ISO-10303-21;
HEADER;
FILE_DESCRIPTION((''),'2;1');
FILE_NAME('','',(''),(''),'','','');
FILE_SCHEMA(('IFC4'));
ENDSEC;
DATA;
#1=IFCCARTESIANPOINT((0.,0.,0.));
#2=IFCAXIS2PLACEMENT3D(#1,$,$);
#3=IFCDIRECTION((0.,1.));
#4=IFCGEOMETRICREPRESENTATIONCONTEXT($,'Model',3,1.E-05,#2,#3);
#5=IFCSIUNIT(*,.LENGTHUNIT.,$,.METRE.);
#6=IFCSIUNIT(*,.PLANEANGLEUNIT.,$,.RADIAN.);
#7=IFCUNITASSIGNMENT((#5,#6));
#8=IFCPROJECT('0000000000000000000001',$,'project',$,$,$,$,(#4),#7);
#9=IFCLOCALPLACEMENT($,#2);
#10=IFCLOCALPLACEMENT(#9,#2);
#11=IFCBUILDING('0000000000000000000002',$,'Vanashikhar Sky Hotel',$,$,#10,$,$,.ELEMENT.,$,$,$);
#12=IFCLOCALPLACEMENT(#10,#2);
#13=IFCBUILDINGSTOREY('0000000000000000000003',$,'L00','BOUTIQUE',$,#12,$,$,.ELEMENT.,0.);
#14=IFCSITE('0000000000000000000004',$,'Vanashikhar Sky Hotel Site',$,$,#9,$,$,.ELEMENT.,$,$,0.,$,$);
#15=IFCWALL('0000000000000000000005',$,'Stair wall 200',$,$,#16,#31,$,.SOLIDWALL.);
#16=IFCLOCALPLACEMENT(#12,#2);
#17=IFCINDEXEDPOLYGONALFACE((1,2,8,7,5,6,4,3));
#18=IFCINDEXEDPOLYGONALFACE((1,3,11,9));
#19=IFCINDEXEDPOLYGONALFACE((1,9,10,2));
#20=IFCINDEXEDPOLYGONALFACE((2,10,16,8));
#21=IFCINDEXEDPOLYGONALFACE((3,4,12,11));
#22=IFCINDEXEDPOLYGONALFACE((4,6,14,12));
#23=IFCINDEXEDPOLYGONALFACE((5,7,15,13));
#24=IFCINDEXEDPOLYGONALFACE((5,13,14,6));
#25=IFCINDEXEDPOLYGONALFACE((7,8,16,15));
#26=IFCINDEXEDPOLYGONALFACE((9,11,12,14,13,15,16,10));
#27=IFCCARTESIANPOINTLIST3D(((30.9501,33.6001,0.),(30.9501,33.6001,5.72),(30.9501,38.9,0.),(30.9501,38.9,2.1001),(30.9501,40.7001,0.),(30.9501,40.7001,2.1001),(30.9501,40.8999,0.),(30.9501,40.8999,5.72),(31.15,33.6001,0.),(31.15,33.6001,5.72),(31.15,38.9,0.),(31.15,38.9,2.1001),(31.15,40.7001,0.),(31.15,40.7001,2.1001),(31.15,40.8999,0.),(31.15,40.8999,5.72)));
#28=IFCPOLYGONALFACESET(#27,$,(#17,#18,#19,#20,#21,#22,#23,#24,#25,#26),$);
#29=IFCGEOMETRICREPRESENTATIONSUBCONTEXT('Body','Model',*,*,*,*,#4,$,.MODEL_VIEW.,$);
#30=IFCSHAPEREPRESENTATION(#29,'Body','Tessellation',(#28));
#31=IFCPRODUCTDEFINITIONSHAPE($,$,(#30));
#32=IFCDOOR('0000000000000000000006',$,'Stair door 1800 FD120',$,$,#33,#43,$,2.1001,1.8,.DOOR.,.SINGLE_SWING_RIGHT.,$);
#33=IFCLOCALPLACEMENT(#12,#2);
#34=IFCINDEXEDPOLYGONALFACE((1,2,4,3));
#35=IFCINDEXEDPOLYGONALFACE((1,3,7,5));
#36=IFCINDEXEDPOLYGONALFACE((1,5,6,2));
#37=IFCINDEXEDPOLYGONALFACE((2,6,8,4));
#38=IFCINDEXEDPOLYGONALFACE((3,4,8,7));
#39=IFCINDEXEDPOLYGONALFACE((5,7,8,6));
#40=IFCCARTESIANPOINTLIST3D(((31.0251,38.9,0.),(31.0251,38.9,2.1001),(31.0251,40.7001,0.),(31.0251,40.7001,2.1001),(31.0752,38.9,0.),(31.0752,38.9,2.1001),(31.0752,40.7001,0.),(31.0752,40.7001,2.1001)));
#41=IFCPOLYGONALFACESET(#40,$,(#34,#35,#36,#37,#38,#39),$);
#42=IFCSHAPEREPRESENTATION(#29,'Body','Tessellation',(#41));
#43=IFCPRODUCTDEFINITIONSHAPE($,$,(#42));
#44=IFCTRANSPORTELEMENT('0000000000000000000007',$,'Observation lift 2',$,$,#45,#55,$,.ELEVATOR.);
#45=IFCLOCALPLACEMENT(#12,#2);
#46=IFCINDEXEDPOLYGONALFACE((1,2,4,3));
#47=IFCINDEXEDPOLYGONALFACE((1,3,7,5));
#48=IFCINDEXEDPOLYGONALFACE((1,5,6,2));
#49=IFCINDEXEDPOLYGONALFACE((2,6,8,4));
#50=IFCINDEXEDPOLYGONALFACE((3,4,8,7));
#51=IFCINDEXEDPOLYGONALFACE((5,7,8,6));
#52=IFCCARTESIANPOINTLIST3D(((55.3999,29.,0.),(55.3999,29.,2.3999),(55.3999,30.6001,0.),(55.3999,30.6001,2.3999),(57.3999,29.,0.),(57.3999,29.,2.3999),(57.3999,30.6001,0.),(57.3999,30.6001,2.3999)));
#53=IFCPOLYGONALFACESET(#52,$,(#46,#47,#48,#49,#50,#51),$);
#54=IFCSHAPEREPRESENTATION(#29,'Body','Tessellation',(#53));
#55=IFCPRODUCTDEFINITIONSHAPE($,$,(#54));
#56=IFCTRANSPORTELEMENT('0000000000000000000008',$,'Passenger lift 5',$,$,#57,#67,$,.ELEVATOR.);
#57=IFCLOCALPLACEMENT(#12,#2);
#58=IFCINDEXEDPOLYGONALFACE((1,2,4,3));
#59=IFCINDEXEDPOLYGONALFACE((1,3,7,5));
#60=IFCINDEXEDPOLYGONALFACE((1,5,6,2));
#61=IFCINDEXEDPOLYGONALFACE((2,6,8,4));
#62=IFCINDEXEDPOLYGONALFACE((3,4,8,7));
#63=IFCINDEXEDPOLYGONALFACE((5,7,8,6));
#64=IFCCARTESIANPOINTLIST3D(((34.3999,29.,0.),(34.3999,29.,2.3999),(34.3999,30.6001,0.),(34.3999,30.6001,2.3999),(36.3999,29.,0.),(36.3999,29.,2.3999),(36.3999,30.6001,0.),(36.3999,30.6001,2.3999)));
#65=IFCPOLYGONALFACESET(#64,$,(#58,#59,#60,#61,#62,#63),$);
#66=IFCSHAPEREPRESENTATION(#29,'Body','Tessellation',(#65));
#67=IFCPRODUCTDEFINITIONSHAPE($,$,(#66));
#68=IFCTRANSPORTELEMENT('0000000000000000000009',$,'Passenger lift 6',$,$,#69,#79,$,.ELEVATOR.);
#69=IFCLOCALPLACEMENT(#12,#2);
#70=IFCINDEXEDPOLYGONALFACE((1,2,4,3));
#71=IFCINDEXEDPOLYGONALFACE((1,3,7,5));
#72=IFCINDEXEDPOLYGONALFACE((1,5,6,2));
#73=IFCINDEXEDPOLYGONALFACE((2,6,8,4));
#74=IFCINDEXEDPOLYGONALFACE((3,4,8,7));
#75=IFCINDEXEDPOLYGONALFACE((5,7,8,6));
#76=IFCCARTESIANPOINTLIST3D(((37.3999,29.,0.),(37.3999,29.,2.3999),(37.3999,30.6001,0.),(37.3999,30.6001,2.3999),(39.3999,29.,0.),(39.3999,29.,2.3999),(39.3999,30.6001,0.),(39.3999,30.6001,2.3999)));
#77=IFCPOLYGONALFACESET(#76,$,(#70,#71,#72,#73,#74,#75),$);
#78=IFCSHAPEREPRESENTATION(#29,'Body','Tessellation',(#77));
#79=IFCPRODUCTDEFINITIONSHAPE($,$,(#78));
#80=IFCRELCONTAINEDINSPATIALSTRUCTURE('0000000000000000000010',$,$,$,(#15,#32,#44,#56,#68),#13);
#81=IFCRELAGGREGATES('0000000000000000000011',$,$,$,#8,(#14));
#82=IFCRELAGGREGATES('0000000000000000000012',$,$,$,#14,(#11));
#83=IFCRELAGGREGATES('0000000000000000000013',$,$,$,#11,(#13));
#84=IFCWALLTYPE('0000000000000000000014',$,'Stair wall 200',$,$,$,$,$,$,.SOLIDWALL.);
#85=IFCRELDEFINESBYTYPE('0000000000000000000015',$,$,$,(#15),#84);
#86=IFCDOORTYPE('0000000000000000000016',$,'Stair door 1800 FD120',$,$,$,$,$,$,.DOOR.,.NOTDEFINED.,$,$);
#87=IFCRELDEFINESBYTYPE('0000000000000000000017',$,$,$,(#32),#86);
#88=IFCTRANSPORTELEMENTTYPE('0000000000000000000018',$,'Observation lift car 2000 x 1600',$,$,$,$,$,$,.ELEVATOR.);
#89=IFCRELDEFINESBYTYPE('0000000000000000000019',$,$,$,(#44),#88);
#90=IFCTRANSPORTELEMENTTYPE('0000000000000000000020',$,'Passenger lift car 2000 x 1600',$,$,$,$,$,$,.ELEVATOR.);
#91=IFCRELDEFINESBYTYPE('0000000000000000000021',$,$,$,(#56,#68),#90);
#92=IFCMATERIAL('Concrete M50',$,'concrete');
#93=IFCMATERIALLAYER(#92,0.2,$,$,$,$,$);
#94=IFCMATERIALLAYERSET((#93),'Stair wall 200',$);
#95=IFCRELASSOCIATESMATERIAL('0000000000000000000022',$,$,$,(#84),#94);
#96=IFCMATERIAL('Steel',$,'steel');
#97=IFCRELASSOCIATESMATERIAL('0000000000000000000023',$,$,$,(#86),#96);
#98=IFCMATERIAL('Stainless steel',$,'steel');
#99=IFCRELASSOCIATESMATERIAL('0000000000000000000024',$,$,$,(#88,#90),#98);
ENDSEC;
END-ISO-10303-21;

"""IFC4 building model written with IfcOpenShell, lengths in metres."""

from ifc_helpers import new_model, si_unit, direction, frame, frame_2d, origin, origin_2d, place, context, subcontext, project, spatial, rectangle, extrude, source, transform, mapped, material, layer, layer_set, type_object, element, fill, save


model = new_model("IFC4")

# Units and contexts
model_context = context("Model", 3, precision=1e-05, world=origin(), true_north=direction((0.0, 1.0)))
body_context = subcontext(model_context, "Body", "Model", "MODEL_VIEW")
ifc_project = project(units=[si_unit("LENGTHUNIT", "METRE"), si_unit("PLANEANGLEUNIT", "RADIAN")], contexts=[model_context])

# Site, building, storey
site_placement = place(None, origin())
site = spatial("IfcSite", under=ifc_project, at=site_placement, Name="Vanashikhar Sky Hotel Site", CompositionType="ELEMENT", RefElevation=0.0)
building_placement = place(site_placement, origin())
building = spatial("IfcBuilding", under=site, at=building_placement, Name="Vanashikhar Sky Hotel", CompositionType="ELEMENT")
storey_placement = place(building_placement, origin())
storey = spatial("IfcBuildingStorey", under=building, at=storey_placement, Name="L00", Description="BOUTIQUE", CompositionType="ELEMENT", Elevation=0.0)

# Shared definitions
ifc_material_1 = material(Name="Steel", Category="steel")

# Wall, opening, door
ifc_material_2 = material(Name="Concrete M50", Category="concrete")
ifc_layer_1 = layer(ifc_material_2, 0.2)
ifc_layer_set_1 = layer_set([ifc_layer_1], Name="Stair wall 200")
wall_type_1 = type_object("IfcWallType", Name="Stair wall 200", PredefinedType="SOLIDWALL", material=ifc_layer_set_1)
shared_shape_1 = source(origin(), body_context, "Body", "SweptSolid", [
    extrude(rectangle(XDim=7.2998, YDim=0.2, at=frame_2d((3.6499, 0.0))), origin(), (0.0, 0.0, 1.0), 5.72),
])
wall_1_placement = place(storey_placement, frame((31.05, 33.6001, 0.0), z_axis=(0.0, 0.0, 1.0), x_axis=(0.0, 1.0, 0.0)))
wall_1 = element("IfcWall", 1, at=wall_1_placement, inside=storey, type_object=wall_type_1, Name="Stair wall 200", PredefinedType="SOLIDWALL", context=body_context, shape_type="MappedRepresentation", body=[
    mapped(shared_shape_1, transform((0.0, 0.0, 0.0), scale=1.0)),
])
shared_shape_2 = source(origin(), body_context, "Body", "SweptSolid", [
    extrude(rectangle(XDim=1.8, YDim=2.1001, at=frame_2d((0.8999, 1.05))), frame((0.0, 0.1099, 0.0), z_axis=(0.0, -1.0, 0.0), x_axis=(1.0, 0.0, 0.0)), (0.0, 0.0, 1.0), 0.22),
])
opening_1_placement = place(wall_1_placement, frame((5.3, 0.0, 0.0)))
opening_1 = element("IfcOpeningElement", 2, at=opening_1_placement, cuts=wall_1, PredefinedType="OPENING", context=body_context, shape_type="MappedRepresentation", body=[
    mapped(shared_shape_2, transform((0.0, 0.0, 0.0), scale=1.0)),
])
door_type_1 = type_object("IfcDoorType", Name="Stair door 1800 FD120", OperationType="NOTDEFINED", PredefinedType="DOOR", material=ifc_material_1)
shared_shape_3 = source(origin(), body_context, "Body", "SweptSolid", [
    extrude(rectangle(XDim=1.8, YDim=2.1001, at=frame_2d((0.8999, 1.05))), frame((0.0, 0.0249, 0.0), z_axis=(0.0, -1.0, 0.0), x_axis=(1.0, 0.0, 0.0)), (0.0, 0.0, 1.0), 0.05),
])
door_1_placement = place(opening_1_placement, origin())
door_1 = element("IfcDoor", 3, at=door_1_placement, inside=storey, type_object=door_type_1, Name="Stair door 1800 FD120", OperationType="SINGLE_SWING_RIGHT", OverallHeight=2.1001, OverallWidth=1.8, PredefinedType="DOOR", context=body_context, shape_type="MappedRepresentation", body=[
    mapped(shared_shape_3, transform((0.0, 0.0, 0.0), scale=1.0)),
])
fill(opening_1, door_1)

# Transport elements
ifc_material_3 = material(Name="Stainless steel", Category="steel")
transport_element_type_1 = type_object("IfcTransportElementType", Name="Observation lift car 2000 x 1600", PredefinedType="ELEVATOR", material=ifc_material_3)
shared_shape_4 = source(origin(), body_context, "Body", "SweptSolid", [
    extrude(rectangle(XDim=2.0, YDim=1.6001, at=origin_2d()), origin(), (0.0, 0.0, 1.0), 2.3999),
])
transport_element_placement = place(storey_placement, frame((56.3999, 29.8, 0.0), z_axis=(0.0, 0.0, 1.0), x_axis=(1.0, 0.0, 0.0)))
element("IfcTransportElement", 4, at=transport_element_placement, inside=storey, type_object=transport_element_type_1, Name="Observation lift 2", PredefinedType="ELEVATOR", context=body_context, shape_type="MappedRepresentation", body=[
    mapped(shared_shape_4, transform((0.0, 0.0, 0.0), scale=1.0)),
])
transport_element_type_2 = type_object("IfcTransportElementType", Name="Passenger lift car 2000 x 1600", PredefinedType="ELEVATOR", material=ifc_material_3)
for number, where, z_axis, x_axis, name in (
    (5, (35.3999, 29.8, 0.0), (0.0, 0.0, 1.0), (1.0, 0.0, 0.0), "Passenger lift 5"),
    (6, (38.3999, 29.8, 0.0), (0.0, 0.0, 1.0), (1.0, 0.0, 0.0), "Passenger lift 6"),
):
    element("IfcTransportElement", number, at=place(storey_placement, frame(where, z_axis=z_axis, x_axis=x_axis)), inside=storey, type_object=transport_element_type_2, Name=name, PredefinedType="ELEVATOR", context=body_context, shape_type="MappedRepresentation", body=[
        mapped(shared_shape_4, transform((0.0, 0.0, 0.0), scale=1.0)),
    ])

save(model, "model.ifc")
